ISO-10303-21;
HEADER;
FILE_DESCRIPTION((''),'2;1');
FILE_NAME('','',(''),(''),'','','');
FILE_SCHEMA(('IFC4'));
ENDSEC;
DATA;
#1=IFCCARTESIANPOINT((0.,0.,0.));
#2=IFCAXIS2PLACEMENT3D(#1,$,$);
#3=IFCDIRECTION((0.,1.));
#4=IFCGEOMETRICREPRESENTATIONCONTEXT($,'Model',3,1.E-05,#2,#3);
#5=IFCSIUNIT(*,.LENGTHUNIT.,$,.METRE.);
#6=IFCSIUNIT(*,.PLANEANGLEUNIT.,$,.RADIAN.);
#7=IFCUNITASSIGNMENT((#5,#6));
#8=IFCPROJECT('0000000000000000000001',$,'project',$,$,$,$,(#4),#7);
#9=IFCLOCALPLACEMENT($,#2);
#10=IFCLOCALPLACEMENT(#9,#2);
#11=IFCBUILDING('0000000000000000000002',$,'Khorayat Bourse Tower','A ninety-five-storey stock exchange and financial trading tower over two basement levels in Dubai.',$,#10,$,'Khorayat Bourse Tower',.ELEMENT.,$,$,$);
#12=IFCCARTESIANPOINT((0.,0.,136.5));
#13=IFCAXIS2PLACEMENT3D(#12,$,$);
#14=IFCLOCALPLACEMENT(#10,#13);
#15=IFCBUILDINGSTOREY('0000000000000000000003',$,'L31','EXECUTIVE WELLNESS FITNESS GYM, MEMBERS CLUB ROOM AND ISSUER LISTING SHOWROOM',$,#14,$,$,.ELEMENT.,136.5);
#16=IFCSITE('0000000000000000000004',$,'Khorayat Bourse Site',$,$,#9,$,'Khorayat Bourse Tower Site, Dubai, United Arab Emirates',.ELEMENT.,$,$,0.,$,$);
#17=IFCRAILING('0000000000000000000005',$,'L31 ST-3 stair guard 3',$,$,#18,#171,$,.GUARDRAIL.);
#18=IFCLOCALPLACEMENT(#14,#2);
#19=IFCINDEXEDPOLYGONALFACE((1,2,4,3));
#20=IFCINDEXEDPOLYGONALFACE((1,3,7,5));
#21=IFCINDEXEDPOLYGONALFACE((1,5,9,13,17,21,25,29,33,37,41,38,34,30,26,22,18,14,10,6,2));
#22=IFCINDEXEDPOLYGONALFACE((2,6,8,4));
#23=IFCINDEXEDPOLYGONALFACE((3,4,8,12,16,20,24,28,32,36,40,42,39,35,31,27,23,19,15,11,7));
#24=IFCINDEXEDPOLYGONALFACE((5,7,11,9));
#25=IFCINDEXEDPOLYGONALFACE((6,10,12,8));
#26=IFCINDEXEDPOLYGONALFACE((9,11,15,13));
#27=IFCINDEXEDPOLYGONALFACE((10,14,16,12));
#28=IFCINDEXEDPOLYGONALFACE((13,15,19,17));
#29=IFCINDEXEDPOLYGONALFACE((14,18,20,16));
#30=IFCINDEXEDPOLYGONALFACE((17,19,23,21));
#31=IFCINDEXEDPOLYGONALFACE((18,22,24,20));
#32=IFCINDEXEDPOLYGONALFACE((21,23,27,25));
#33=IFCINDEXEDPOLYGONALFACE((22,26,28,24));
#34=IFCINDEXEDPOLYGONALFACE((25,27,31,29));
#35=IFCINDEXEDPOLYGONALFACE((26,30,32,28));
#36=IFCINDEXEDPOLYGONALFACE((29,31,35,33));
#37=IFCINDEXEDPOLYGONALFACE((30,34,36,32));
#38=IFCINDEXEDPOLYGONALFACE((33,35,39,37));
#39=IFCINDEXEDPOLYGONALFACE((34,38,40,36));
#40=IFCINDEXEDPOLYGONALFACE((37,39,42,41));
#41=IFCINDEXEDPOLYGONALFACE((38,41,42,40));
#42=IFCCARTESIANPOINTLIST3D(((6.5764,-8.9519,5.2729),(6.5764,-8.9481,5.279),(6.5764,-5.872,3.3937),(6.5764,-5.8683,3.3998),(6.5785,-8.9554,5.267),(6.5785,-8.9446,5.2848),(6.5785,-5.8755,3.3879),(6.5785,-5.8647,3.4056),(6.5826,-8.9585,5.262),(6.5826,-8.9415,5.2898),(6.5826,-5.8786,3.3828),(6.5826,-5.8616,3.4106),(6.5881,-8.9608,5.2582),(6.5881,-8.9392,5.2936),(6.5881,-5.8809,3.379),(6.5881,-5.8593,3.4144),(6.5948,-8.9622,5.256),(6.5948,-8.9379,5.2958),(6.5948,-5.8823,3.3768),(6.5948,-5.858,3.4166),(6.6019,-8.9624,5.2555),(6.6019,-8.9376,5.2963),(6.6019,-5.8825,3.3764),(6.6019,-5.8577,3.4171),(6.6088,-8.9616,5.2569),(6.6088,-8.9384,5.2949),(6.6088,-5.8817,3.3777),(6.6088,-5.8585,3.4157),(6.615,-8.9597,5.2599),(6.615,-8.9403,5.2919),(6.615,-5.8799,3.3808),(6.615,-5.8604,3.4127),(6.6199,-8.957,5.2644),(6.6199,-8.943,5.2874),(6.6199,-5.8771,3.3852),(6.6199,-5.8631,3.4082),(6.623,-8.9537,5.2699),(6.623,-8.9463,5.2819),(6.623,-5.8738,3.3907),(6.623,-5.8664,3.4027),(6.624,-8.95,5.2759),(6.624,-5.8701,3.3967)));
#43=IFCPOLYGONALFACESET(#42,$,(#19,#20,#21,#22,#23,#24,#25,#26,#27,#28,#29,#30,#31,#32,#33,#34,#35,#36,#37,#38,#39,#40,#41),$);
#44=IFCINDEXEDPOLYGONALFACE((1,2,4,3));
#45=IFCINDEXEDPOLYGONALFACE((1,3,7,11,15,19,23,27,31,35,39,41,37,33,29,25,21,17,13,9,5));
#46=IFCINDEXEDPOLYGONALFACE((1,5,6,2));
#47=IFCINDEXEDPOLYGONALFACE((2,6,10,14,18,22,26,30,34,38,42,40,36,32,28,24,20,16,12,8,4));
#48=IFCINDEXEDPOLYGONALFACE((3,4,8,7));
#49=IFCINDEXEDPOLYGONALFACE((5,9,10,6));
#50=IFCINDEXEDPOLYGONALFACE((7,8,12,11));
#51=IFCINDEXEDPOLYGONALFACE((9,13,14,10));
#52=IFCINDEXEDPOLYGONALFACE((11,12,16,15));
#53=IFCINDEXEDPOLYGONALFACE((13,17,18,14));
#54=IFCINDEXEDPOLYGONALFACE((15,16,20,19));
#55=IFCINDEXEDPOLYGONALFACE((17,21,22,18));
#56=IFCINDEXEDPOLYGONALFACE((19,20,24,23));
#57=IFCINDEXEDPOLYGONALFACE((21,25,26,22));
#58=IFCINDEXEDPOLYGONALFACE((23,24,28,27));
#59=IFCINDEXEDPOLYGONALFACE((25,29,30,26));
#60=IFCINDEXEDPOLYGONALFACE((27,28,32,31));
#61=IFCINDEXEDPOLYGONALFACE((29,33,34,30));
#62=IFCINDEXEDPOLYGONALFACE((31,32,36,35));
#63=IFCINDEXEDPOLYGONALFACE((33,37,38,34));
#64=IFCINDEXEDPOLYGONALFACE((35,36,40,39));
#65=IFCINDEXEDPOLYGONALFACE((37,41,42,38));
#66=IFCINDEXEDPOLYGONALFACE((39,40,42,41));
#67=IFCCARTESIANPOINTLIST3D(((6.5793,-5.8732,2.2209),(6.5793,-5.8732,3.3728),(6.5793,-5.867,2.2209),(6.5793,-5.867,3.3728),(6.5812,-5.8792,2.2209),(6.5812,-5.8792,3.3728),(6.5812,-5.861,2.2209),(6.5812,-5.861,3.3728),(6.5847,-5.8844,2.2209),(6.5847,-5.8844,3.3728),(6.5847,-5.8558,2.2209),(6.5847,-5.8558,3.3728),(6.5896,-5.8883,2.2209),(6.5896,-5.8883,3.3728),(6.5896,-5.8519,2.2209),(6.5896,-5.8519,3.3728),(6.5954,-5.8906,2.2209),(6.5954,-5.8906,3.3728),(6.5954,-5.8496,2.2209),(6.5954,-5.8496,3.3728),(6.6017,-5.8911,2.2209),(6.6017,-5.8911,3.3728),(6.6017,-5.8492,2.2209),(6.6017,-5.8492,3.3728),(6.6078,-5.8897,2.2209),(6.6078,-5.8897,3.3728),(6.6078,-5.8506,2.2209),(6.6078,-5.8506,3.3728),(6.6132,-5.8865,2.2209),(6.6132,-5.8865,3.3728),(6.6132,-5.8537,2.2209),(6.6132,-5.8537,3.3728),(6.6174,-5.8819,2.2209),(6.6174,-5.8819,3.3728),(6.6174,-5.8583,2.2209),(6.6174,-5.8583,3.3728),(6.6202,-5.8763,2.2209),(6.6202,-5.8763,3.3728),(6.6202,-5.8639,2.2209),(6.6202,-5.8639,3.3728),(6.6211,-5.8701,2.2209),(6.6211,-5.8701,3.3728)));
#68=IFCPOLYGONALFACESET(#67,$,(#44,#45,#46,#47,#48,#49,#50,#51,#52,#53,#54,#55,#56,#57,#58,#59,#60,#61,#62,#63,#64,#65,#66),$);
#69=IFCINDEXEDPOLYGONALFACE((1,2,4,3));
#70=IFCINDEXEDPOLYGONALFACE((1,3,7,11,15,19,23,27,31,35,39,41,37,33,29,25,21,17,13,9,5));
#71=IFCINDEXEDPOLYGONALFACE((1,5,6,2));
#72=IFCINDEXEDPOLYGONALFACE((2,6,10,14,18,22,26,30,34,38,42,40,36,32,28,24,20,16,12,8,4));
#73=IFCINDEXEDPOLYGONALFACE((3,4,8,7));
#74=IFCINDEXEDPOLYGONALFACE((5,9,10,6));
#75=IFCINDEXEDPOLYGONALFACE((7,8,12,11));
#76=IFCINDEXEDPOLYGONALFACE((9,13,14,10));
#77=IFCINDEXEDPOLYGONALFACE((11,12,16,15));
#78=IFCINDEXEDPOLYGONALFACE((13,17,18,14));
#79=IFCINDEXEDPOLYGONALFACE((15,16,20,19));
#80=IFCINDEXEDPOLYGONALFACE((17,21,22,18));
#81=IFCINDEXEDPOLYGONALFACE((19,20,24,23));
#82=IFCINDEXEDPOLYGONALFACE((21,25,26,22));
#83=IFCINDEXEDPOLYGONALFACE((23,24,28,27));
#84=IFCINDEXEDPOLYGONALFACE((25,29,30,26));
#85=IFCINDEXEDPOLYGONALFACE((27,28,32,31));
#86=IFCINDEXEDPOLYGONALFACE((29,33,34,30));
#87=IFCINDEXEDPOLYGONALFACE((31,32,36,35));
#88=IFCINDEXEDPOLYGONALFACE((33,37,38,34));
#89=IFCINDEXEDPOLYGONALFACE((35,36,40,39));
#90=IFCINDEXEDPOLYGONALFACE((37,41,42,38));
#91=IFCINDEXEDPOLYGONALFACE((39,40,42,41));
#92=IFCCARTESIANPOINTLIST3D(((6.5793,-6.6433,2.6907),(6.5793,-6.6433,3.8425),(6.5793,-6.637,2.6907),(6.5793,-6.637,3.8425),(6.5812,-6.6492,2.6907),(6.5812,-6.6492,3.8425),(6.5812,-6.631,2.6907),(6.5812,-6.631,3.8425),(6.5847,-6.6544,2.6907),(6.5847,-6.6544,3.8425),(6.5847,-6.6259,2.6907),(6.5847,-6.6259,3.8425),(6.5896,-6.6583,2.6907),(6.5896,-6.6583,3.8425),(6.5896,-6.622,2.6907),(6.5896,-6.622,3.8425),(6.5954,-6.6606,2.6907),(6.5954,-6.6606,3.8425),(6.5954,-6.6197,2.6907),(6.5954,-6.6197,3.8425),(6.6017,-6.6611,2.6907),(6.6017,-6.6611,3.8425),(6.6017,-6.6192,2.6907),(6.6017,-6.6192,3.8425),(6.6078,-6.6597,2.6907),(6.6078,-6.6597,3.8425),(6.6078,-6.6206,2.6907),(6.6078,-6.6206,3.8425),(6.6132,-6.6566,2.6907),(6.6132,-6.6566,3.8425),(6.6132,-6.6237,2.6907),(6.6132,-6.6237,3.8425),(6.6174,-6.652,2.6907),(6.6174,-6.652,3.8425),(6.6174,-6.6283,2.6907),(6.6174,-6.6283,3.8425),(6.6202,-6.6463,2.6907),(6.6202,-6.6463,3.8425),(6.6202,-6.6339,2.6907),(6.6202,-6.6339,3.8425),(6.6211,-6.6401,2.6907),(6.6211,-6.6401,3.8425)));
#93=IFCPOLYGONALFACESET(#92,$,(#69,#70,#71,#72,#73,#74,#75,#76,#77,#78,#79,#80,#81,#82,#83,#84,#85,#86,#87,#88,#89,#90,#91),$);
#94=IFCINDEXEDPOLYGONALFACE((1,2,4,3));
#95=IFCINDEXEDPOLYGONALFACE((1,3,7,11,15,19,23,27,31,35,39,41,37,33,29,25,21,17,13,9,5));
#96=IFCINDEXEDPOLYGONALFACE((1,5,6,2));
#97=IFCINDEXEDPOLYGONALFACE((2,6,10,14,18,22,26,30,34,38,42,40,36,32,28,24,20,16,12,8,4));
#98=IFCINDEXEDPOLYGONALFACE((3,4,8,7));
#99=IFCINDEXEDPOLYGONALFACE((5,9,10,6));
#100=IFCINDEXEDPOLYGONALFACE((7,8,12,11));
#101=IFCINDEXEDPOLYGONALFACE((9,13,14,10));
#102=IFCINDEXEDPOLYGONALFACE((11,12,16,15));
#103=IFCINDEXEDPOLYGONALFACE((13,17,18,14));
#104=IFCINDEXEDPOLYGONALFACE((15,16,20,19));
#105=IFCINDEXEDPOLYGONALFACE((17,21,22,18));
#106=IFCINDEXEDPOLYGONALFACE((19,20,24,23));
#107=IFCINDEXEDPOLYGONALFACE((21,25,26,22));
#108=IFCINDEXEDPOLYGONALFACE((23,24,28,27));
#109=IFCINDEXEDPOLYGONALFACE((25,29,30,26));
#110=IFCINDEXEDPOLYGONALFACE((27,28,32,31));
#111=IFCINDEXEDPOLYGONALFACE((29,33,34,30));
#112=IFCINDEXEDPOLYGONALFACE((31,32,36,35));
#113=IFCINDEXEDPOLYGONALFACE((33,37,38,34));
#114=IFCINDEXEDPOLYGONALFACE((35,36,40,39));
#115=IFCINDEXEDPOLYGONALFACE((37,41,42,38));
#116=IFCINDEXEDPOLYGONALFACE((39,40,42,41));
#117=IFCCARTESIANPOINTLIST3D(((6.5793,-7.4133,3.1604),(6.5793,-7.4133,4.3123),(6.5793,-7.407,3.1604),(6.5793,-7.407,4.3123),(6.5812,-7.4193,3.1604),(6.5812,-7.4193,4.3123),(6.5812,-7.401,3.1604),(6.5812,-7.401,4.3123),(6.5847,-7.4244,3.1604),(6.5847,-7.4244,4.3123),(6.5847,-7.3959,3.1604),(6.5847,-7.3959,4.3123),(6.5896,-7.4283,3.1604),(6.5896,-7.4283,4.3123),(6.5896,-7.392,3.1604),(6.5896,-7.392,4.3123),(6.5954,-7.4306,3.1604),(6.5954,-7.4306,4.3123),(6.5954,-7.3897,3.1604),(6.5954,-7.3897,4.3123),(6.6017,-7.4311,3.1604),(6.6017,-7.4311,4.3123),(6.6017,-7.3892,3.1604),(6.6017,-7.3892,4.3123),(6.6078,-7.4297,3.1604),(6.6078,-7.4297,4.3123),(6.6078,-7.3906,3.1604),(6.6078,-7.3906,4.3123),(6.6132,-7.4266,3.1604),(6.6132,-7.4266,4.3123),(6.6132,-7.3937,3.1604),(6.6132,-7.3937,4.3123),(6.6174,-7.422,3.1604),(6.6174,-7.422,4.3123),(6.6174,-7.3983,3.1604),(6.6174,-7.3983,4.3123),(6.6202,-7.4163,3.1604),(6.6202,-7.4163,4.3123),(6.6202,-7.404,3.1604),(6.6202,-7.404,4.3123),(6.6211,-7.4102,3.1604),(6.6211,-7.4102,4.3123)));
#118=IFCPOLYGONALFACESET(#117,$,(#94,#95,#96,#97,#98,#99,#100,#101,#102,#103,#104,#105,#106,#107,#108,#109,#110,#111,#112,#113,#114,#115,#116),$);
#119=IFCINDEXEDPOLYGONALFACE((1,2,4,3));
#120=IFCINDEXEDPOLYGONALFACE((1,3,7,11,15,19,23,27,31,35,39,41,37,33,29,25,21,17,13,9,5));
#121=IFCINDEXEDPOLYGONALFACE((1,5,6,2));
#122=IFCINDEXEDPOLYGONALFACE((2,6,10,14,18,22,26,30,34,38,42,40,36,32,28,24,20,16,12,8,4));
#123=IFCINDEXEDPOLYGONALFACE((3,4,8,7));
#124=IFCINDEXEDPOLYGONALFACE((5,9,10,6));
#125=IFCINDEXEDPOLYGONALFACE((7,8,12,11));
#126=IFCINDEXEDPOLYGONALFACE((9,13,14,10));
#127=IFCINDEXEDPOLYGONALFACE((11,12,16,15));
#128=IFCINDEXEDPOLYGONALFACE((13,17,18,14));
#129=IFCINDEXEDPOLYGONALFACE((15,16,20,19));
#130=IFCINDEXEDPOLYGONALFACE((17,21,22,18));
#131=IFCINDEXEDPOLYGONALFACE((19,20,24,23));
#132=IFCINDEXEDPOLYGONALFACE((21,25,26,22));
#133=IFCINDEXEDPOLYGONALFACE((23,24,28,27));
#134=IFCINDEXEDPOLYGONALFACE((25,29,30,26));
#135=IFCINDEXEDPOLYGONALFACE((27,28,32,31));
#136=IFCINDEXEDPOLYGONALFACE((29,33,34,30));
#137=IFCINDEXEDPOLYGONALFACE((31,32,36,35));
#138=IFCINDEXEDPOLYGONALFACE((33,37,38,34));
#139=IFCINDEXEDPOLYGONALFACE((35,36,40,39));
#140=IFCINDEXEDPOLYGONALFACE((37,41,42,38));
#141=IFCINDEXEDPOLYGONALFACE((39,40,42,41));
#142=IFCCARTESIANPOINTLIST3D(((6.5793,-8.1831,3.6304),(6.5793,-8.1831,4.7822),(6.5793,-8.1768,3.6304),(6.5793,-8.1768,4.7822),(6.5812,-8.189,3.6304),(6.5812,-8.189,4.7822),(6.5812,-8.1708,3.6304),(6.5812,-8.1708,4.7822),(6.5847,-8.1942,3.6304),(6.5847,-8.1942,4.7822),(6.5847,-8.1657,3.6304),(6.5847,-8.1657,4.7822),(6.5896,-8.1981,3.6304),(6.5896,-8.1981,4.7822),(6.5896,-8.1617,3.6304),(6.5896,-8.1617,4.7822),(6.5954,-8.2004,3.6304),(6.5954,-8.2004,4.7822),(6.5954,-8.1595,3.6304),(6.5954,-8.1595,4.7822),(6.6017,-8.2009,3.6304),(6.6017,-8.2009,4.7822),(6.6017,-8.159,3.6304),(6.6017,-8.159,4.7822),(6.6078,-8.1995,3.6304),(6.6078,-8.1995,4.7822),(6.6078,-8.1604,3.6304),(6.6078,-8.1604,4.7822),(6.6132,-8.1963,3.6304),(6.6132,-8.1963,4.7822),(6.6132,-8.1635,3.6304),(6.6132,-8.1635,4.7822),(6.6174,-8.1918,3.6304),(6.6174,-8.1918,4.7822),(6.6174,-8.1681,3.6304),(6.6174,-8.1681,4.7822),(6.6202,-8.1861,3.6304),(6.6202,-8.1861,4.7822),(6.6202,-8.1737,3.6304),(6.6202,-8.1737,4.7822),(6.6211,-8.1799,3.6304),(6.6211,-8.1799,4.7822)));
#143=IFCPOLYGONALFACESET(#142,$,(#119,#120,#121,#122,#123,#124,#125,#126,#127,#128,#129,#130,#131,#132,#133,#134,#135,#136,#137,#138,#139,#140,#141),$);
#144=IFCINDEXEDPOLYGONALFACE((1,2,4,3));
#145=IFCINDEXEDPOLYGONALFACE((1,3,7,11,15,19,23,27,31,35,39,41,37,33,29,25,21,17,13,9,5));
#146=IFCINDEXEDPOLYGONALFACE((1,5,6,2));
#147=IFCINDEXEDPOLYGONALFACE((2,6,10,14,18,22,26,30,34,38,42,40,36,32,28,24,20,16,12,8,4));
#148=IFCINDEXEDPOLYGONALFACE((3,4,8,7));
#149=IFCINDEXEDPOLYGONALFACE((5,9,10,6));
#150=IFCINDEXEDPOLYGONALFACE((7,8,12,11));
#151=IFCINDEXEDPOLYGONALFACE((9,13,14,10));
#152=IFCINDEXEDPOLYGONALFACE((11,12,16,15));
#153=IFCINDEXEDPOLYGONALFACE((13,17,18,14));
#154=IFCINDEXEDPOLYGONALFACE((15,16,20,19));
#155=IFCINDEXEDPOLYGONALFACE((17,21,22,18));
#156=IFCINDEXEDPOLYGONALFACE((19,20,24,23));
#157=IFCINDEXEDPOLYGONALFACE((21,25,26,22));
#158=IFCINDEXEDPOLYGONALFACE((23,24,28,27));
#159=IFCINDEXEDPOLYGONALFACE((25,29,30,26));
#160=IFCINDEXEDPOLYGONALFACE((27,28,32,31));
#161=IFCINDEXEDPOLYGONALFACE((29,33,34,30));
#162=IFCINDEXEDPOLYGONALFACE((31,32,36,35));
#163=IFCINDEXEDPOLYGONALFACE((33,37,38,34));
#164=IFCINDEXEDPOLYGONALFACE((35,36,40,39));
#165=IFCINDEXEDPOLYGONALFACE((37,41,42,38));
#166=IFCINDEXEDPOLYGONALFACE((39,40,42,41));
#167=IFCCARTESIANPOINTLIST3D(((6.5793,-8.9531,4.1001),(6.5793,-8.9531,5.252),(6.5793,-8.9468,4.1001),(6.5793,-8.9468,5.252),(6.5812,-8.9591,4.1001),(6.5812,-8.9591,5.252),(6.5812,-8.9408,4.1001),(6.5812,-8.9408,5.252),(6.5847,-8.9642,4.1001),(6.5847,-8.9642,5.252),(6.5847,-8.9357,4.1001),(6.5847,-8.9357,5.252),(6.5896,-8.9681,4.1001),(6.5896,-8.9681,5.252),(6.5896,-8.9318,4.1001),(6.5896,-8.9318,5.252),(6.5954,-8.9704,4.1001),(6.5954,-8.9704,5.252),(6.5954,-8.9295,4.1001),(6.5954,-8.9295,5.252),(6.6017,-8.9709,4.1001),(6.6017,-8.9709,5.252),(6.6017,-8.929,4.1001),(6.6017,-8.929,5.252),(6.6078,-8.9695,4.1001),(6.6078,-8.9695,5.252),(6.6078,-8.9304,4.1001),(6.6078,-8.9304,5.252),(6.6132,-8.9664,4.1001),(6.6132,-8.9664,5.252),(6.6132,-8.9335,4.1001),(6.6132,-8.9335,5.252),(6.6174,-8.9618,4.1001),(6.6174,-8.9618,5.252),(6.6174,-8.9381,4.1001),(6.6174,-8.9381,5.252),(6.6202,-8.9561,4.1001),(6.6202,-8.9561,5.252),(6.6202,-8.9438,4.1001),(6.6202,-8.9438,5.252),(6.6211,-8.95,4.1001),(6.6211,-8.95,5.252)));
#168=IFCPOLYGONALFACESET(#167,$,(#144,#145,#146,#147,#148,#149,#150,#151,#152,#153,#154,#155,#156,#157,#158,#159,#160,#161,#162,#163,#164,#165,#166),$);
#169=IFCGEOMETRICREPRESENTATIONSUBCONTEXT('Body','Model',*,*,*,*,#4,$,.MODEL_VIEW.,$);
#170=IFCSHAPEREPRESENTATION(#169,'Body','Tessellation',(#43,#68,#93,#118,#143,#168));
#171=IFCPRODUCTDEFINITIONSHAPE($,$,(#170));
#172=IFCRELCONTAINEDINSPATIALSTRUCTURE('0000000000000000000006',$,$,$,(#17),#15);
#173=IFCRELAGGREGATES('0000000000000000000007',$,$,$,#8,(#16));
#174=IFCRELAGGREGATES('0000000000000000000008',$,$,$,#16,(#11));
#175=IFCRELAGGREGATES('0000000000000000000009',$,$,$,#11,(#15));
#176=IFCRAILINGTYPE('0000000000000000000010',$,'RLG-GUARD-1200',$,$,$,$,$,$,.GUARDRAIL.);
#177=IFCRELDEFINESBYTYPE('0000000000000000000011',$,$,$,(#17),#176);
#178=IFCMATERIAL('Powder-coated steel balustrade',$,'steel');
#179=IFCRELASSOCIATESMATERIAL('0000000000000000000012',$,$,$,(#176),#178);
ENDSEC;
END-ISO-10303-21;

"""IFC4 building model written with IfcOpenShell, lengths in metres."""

from ifc_helpers import new_model, si_unit, direction, frame, origin, origin_2d, place, context, subcontext, project, spatial, circle, extrude, source, transform, mapped, material, type_object, element, save


model = new_model("IFC4")

# Units and contexts
model_context = context("Model", 3, precision=1e-05, world=origin(), true_north=direction((0.0, 1.0)))
body_context = subcontext(model_context, "Body", "Model", "MODEL_VIEW")
ifc_project = project(units=[si_unit("LENGTHUNIT", "METRE"), si_unit("PLANEANGLEUNIT", "RADIAN")], contexts=[model_context])

# Site, building, storey
site_placement = place(None, origin())
site = spatial("IfcSite", under=ifc_project, at=site_placement, Name="Khorayat Bourse Site", LongName="Khorayat Bourse Tower Site, Dubai, United Arab Emirates", CompositionType="ELEMENT", RefElevation=0.0)
building_placement = place(site_placement, origin())
building = spatial("IfcBuilding", under=site, at=building_placement, Name="Khorayat Bourse Tower", Description="A ninety-five-storey stock exchange and financial trading tower over two basement levels in Dubai.", LongName="Khorayat Bourse Tower", CompositionType="ELEMENT")
storey_placement = place(building_placement, frame((0.0, 0.0, 136.5)))
storey = spatial("IfcBuildingStorey", under=building, at=storey_placement, Name="L31", Description="EXECUTIVE WELLNESS FITNESS GYM, MEMBERS CLUB ROOM AND ISSUER LISTING SHOWROOM", CompositionType="ELEMENT", Elevation=136.5)

# Railing
ifc_material_1 = material(Name="Powder-coated steel balustrade", Category="steel")
railing_type_1 = type_object("IfcRailingType", Name="RLG-GUARD-1200", PredefinedType="GUARDRAIL", material=ifc_material_1)
shared_shape_1 = source(origin(), body_context, "Body", "SweptSolid", [
    extrude(circle(Radius=0.0239, at=origin_2d()), frame((0.0, 0.0, 1.1758), z_axis=(0.0, -0.853648, 0.52085), x_axis=(1.0, 0.0, 0.0)), (0.0, 0.0, 1.0), 3.6079),
    extrude(circle(Radius=0.021, at=origin_2d()), origin(), (0.0, 0.0, 1.0), 1.1519),
    extrude(circle(Radius=0.021, at=origin_2d()), frame((0.0, -0.77, 0.4697)), (0.0, 0.0, 1.0), 1.1519),
    extrude(circle(Radius=0.021, at=origin_2d()), frame((0.0, -1.54, 0.9395)), (0.0, 0.0, 1.0), 1.1519),
    extrude(circle(Radius=0.021, at=origin_2d()), frame((0.0, -2.3098, 1.4094)), (0.0, 0.0, 1.0), 1.1519),
    extrude(circle(Radius=0.021, at=origin_2d()), frame((0.0, -3.0798, 1.8792)), (0.0, 0.0, 1.0), 1.1519),
])
railing_1_placement = place(storey_placement, frame((6.6001, -5.8701, 2.2209)))
element("IfcRailing", 1, at=railing_1_placement, inside=storey, type_object=railing_type_1, Name="L31 ST-3 stair guard 3", PredefinedType="GUARDRAIL", context=body_context, shape_type="MappedRepresentation", body=[
    mapped(shared_shape_1, transform((0.0, 0.0, 0.0), scale=1.0)),
])

save(model, "model.ifc")
